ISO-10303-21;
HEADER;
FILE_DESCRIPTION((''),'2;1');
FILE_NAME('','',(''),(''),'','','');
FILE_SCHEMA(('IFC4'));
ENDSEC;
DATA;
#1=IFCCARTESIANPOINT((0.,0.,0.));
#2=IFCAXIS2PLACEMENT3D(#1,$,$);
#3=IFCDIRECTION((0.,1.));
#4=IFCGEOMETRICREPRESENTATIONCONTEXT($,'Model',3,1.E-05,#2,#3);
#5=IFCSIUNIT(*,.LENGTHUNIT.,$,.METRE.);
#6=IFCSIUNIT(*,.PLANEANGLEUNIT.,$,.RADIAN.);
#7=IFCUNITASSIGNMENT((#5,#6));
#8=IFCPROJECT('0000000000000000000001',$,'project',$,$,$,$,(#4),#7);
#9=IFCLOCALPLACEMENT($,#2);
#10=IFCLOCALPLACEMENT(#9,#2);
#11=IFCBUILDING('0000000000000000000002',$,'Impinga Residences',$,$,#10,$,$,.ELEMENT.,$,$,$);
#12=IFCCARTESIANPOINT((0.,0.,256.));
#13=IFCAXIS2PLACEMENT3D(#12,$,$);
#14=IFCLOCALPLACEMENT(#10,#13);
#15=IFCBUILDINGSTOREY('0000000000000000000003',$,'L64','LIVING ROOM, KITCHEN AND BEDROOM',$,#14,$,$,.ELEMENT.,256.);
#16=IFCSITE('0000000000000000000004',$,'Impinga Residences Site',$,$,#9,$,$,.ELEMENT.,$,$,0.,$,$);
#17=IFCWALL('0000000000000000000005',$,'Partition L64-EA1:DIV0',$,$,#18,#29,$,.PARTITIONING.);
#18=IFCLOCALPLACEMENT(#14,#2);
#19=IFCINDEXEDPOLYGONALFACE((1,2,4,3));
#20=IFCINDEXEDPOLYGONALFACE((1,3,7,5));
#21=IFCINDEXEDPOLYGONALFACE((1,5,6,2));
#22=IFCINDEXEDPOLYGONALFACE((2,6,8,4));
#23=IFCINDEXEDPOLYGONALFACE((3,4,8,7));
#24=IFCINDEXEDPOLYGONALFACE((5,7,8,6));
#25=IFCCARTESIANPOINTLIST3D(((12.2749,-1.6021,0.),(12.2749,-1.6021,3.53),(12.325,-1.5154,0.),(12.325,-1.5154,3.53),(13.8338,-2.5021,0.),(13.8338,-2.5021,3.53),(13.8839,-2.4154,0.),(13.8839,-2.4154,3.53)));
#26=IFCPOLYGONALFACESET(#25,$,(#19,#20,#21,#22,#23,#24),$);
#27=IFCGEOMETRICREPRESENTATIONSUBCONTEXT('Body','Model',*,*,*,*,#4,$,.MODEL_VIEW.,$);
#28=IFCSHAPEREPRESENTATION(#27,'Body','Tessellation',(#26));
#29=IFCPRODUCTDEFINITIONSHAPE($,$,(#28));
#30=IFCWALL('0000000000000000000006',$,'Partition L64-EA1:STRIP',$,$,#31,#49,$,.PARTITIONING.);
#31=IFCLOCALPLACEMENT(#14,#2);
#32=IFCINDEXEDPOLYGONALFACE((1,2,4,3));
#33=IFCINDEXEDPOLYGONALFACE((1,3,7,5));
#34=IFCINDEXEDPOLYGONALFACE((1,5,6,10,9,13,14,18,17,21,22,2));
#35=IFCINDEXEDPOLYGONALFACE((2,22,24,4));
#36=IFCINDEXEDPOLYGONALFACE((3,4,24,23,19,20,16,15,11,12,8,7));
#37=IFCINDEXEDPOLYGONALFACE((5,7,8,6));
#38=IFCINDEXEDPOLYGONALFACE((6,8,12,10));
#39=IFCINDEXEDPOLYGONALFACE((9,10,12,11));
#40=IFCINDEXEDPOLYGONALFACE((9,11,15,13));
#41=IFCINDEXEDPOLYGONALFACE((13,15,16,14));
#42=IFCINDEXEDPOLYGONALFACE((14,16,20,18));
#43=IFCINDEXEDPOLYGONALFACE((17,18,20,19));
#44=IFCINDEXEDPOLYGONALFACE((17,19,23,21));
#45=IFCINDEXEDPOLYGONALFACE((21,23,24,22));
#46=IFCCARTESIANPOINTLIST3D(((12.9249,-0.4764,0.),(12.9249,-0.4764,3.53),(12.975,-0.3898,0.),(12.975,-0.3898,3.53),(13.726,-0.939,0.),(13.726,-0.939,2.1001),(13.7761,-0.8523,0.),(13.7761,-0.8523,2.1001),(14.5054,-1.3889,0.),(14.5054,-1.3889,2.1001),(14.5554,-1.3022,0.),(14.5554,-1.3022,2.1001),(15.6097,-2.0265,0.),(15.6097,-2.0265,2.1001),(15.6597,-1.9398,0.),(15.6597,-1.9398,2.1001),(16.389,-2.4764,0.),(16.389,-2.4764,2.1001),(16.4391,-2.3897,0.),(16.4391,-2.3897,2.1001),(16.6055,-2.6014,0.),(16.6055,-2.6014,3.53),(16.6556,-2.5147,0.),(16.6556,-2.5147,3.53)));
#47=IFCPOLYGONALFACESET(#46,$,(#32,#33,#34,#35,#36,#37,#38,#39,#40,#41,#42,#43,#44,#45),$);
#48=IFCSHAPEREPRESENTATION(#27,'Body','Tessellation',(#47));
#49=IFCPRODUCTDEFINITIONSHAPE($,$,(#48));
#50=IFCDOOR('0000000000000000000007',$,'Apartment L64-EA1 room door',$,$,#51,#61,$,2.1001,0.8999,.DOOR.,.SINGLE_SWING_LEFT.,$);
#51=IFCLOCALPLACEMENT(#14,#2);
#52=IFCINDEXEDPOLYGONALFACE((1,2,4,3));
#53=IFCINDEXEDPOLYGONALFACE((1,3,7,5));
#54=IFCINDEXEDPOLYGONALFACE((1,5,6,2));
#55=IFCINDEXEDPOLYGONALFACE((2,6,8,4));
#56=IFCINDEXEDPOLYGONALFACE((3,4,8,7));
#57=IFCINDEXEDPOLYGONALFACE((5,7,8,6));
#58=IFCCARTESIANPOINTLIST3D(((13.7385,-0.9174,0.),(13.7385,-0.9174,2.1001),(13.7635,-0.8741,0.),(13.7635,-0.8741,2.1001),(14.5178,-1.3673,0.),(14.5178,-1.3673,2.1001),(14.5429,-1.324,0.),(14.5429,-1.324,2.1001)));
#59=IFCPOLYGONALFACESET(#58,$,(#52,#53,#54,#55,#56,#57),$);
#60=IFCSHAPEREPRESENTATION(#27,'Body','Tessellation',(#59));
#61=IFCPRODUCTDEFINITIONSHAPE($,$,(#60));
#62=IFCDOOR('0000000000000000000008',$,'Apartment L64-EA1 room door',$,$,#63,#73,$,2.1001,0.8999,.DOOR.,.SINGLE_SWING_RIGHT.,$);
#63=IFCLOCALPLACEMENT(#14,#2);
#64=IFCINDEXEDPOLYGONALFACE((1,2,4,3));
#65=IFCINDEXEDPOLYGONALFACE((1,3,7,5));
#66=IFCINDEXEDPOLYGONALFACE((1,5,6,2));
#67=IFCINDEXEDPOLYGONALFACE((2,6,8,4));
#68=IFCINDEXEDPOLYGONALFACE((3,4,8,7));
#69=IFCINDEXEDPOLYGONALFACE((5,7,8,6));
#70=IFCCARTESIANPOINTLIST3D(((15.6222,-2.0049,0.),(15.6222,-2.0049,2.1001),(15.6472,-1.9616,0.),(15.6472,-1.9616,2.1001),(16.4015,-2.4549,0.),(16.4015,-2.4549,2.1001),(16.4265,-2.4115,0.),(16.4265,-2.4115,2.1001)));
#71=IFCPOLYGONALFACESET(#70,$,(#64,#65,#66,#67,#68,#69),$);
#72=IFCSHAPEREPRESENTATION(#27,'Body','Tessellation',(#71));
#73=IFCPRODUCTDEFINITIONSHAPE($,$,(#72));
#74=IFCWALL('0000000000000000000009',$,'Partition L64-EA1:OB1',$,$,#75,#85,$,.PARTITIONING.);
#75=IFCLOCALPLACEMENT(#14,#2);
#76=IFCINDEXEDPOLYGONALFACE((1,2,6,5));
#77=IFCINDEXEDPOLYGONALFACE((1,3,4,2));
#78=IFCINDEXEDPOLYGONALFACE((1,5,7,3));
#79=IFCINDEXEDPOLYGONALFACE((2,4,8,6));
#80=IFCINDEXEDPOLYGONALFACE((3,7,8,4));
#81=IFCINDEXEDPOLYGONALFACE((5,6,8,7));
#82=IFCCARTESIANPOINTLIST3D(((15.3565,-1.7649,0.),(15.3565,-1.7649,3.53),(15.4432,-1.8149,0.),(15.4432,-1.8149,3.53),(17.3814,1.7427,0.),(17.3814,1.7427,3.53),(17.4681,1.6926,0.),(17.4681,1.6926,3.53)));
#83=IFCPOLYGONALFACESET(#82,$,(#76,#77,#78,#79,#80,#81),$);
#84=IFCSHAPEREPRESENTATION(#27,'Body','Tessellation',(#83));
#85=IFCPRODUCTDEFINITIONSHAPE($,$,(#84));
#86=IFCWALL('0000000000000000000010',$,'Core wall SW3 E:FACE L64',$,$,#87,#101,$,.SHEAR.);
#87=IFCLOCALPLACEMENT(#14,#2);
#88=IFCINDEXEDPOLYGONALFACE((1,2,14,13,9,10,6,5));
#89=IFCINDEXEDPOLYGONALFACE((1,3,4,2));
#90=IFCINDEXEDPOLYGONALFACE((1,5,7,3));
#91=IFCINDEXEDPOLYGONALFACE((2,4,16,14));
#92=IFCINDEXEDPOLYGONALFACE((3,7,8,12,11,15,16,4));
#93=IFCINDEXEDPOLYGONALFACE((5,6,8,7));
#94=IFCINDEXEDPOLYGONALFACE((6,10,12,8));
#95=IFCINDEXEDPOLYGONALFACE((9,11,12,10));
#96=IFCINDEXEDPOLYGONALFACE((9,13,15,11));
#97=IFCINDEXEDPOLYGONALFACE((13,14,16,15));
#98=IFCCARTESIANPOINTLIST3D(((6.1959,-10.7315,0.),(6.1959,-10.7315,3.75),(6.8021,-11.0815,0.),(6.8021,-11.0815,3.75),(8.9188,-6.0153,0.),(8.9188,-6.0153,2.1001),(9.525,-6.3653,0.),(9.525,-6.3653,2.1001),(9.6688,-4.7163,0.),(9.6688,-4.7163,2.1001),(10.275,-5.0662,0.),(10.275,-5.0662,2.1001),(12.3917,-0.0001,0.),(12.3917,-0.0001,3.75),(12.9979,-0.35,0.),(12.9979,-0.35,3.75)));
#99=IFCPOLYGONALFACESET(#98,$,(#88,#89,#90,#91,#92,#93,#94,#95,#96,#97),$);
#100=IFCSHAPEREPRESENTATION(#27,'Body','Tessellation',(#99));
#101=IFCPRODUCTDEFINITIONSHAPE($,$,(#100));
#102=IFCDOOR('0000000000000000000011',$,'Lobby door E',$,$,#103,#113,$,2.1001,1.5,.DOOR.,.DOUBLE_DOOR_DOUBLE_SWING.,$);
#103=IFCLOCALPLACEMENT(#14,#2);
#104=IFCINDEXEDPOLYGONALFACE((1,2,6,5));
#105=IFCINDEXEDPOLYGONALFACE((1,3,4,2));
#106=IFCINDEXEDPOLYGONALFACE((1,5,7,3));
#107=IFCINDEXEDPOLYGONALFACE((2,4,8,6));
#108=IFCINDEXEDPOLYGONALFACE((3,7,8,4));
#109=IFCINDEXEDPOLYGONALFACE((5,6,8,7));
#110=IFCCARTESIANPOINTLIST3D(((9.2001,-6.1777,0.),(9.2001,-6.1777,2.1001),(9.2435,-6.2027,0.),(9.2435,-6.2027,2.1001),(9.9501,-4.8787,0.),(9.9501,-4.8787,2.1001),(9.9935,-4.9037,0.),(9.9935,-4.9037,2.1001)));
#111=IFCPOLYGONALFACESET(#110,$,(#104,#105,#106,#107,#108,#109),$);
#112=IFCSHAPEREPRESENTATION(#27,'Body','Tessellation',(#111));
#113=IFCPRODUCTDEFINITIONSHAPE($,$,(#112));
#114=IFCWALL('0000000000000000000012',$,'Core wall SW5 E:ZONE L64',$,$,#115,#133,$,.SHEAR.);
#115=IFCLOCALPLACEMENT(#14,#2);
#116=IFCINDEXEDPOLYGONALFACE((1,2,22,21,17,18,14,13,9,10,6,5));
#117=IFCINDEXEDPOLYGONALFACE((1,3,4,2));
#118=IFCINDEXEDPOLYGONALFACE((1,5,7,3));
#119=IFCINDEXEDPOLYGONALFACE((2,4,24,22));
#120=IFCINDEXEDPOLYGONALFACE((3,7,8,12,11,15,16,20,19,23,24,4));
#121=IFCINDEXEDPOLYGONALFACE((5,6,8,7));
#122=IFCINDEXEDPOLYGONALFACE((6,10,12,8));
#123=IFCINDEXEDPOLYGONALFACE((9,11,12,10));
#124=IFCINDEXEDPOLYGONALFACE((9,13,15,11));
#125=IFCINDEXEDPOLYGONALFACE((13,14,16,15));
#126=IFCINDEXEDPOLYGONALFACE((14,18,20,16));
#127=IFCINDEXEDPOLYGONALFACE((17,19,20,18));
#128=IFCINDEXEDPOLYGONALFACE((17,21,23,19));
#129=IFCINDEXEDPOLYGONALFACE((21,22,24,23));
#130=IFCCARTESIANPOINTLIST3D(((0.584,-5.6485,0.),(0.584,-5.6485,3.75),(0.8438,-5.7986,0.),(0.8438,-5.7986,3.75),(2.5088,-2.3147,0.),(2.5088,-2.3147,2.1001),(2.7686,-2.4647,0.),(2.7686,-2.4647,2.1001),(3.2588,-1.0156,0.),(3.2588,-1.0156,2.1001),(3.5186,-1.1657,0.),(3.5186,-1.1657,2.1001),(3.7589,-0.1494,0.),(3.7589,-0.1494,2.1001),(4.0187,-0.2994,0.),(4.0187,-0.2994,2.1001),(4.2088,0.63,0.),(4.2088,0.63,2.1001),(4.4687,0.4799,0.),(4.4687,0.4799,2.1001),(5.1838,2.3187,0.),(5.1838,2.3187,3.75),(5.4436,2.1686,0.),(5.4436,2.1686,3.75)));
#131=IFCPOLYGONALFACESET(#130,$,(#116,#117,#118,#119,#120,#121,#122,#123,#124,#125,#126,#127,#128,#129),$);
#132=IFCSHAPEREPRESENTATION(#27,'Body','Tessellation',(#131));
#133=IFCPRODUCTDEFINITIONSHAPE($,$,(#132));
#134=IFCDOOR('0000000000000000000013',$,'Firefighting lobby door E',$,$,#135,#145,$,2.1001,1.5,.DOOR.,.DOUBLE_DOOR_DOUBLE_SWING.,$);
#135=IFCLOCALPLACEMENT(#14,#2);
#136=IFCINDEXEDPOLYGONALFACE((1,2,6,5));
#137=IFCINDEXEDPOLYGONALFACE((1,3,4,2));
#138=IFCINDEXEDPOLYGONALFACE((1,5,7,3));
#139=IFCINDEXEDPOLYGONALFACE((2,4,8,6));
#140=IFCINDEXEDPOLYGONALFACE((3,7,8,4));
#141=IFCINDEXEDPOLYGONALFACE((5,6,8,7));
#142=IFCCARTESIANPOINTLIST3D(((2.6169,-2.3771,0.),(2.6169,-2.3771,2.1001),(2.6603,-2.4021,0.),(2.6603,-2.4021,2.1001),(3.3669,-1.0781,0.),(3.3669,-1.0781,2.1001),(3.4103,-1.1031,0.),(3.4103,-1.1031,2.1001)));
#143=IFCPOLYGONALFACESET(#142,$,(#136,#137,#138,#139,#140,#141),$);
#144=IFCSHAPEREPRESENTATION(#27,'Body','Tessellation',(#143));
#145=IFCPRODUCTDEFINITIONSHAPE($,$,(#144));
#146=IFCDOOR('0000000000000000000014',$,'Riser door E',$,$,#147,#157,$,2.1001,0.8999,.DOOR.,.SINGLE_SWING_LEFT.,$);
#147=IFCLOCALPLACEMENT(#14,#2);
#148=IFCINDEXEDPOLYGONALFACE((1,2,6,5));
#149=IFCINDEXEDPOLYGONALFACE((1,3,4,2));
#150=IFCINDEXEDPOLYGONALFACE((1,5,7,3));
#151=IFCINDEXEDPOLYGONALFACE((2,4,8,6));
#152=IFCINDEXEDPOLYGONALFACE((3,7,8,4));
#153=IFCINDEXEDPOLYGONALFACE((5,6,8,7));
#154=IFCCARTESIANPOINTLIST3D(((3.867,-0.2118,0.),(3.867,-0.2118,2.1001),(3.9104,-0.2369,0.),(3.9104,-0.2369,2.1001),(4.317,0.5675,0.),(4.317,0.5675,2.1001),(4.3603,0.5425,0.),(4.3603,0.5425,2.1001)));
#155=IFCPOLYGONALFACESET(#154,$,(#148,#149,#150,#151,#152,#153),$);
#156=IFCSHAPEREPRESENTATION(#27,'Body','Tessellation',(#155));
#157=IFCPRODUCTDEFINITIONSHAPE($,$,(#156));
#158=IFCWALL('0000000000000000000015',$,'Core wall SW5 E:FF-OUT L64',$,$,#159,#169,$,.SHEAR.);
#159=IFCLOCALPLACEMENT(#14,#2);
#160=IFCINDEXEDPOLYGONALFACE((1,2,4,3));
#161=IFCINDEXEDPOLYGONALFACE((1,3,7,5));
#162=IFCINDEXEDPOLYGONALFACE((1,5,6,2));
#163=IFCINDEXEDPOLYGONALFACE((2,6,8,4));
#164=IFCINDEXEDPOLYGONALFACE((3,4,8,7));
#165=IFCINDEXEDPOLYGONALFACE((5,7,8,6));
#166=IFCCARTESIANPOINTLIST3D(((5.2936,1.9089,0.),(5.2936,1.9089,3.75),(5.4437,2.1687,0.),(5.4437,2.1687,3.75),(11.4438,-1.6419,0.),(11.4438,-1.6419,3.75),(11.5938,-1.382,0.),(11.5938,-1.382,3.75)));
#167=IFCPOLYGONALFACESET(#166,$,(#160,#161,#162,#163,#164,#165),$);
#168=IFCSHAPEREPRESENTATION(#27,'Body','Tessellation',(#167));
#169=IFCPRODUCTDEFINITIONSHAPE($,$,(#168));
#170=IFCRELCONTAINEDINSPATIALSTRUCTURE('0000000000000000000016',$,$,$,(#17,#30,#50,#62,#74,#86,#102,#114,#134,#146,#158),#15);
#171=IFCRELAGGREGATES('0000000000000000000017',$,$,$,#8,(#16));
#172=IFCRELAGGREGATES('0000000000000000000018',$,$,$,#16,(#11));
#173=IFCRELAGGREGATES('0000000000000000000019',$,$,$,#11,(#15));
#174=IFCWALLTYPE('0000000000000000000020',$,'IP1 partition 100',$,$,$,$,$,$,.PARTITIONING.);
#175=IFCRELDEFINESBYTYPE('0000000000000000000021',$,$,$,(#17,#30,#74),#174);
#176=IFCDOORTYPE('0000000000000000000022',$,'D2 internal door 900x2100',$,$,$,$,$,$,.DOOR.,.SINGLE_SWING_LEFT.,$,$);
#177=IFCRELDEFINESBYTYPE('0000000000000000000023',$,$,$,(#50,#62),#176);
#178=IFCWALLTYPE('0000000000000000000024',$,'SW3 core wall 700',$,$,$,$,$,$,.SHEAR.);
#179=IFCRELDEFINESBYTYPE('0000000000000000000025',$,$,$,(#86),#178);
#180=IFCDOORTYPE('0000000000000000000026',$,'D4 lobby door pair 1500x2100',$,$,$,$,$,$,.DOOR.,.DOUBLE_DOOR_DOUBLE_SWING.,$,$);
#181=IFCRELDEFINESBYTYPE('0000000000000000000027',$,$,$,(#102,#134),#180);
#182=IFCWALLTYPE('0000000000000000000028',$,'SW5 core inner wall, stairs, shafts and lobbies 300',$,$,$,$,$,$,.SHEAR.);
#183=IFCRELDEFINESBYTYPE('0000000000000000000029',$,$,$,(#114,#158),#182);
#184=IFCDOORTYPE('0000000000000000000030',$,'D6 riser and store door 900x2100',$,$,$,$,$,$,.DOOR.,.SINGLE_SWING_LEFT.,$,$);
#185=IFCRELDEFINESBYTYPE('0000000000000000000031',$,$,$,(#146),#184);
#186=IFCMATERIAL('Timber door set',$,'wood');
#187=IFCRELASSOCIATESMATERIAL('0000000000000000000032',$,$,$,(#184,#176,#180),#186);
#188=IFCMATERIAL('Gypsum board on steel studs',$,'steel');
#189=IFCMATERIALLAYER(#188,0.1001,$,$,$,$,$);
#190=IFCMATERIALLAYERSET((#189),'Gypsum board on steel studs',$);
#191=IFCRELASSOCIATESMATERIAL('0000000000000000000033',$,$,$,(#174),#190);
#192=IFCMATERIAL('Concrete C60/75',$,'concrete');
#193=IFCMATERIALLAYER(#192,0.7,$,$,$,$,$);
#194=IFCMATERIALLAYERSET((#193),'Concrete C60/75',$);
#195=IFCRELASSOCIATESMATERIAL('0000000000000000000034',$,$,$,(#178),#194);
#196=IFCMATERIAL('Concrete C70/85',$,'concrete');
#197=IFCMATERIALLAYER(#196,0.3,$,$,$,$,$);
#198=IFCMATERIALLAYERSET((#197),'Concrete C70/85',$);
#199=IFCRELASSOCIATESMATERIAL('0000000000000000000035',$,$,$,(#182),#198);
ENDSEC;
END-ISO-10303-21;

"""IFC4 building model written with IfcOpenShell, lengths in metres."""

from ifc_helpers import new_model, si_unit, direction, frame, frame_2d, origin, place, context, subcontext, project, spatial, rectangle, extrude, material, layer, layer_set, type_object, element, fill, save


model = new_model("IFC4")

# Units and contexts
model_context = context("Model", 3, precision=1e-05, world=origin(), true_north=direction((0.0, 1.0)))
body_context = subcontext(model_context, "Body", "Model", "MODEL_VIEW")
ifc_project = project(units=[si_unit("LENGTHUNIT", "METRE"), si_unit("PLANEANGLEUNIT", "RADIAN")], contexts=[model_context])

# Site, building, storey
site_placement = place(None, origin())
site = spatial("IfcSite", under=ifc_project, at=site_placement, Name="Impinga Residences Site", CompositionType="ELEMENT", RefElevation=0.0)
building_placement = place(site_placement, origin())
building = spatial("IfcBuilding", under=site, at=building_placement, Name="Impinga Residences", CompositionType="ELEMENT")
storey_placement = place(building_placement, frame((0.0, 0.0, 256.0)))
storey = spatial("IfcBuildingStorey", under=building, at=storey_placement, Name="L64", Description="LIVING ROOM, KITCHEN AND BEDROOM", CompositionType="ELEMENT", Elevation=256.0)

# Shared definitions
ifc_material_1 = material(Name="Concrete C60/75", Category="concrete")

# Shared definitions
ifc_material_2 = material(Name="Timber door set", Category="wood")
door_type_1 = type_object("IfcDoorType", Name="D6 riser and store door 900x2100", OperationType="SINGLE_SWING_LEFT", PredefinedType="DOOR", material=ifc_material_2)

# Wall
ifc_material_3 = material(Name="Gypsum board on steel studs", Category="steel")
ifc_layer_1 = layer(ifc_material_3, 0.1001)
ifc_layer_set_1 = layer_set([ifc_layer_1], Name="Gypsum board on steel studs")
wall_type_1 = type_object("IfcWallType", Name="IP1 partition 100", PredefinedType="PARTITIONING", material=ifc_layer_set_1)
wall_1_placement = place(storey_placement, frame((12.3, -1.5588, 0.0), z_axis=(0.0, 0.0, 1.0), x_axis=(0.866048, -0.499961, 0.0)))
element("IfcWall", 1, at=wall_1_placement, inside=storey, type_object=wall_type_1, Name="Partition L64-EA1:DIV0", PredefinedType="PARTITIONING", context=body_context, shape_type="SweptSolid", body=[
    extrude(rectangle(XDim=1.8, YDim=0.1001, at=frame_2d((0.8999, 0.0))), origin(), (0.0, 0.0, 1.0), 3.53),
])

# Wall, openings, doors
wall_2_placement = place(storey_placement, frame((12.95, -0.4331, 0.0), z_axis=(0.0, 0.0, 1.0), x_axis=(0.866029, -0.499994, 0.0)))
wall_2 = element("IfcWall", 2, at=wall_2_placement, inside=storey, type_object=wall_type_1, Name="Partition L64-EA1:STRIP", PredefinedType="PARTITIONING", context=body_context, shape_type="SweptSolid", body=[
    extrude(rectangle(XDim=4.25, YDim=0.1001, at=frame_2d((2.125, 0.0))), origin(), (0.0, 0.0, 1.0), 3.53),
])
opening_1_placement = place(wall_2_placement, frame((0.925, 0.0, 0.0)))
opening_1 = element("IfcOpeningElement", 3, at=opening_1_placement, cuts=wall_2, PredefinedType="OPENING", context=body_context, shape_type="SweptSolid", body=[
    extrude(rectangle(XDim=0.8999, YDim=2.1001, at=frame_2d((0.45, 1.05))), frame((0.0, 0.0601, 0.0), z_axis=(0.0, -1.0, 0.0), x_axis=(1.0, 0.0, 0.0)), (0.0, 0.0, 1.0), 0.1201),
])
opening_2_placement = place(wall_2_placement, frame((3.1001, 0.0, 0.0)))
opening_2 = element("IfcOpeningElement", 4, at=opening_2_placement, cuts=wall_2, PredefinedType="OPENING", context=body_context, shape_type="SweptSolid", body=[
    extrude(rectangle(XDim=0.8999, YDim=2.1001, at=frame_2d((0.45, 1.05))), frame((0.0, 0.0601, 0.0), z_axis=(0.0, -1.0, 0.0), x_axis=(1.0, 0.0, 0.0)), (0.0, 0.0, 1.0), 0.1201),
])
door_type_2 = type_object("IfcDoorType", Name="D2 internal door 900x2100", OperationType="SINGLE_SWING_LEFT", PredefinedType="DOOR", material=ifc_material_2)
door_1_placement = place(opening_1_placement, origin())
door_1 = element("IfcDoor", 5, at=door_1_placement, inside=storey, type_object=door_type_2, Name="Apartment L64-EA1 room door", OperationType="SINGLE_SWING_LEFT", OverallHeight=2.1001, OverallWidth=0.8999, PredefinedType="DOOR", context=body_context, shape_type="SweptSolid", body=[
    extrude(rectangle(XDim=0.8999, YDim=2.1001, at=frame_2d((0.45, 1.05))), frame((0.0, 0.0249, 0.0), z_axis=(0.0, -1.0, 0.0), x_axis=(1.0, 0.0, 0.0)), (0.0, 0.0, 1.0), 0.05),
])
fill(opening_1, door_1)
door_2_placement = place(opening_2_placement, origin())
door_2 = element("IfcDoor", 6, at=door_2_placement, inside=storey, type_object=door_type_2, Name="Apartment L64-EA1 room door", OperationType="SINGLE_SWING_RIGHT", OverallHeight=2.1001, OverallWidth=0.8999, PredefinedType="DOOR", context=body_context, shape_type="SweptSolid", body=[
    extrude(rectangle(XDim=0.8999, YDim=2.1001, at=frame_2d((0.45, 1.05))), frame((0.0, 0.0249, 0.0), z_axis=(0.0, -1.0, 0.0), x_axis=(1.0, 0.0, 0.0)), (0.0, 0.0, 1.0), 0.05),
])
fill(opening_2, door_2)

# Wall
wall_3_placement = place(storey_placement, frame((15.3999, -1.7898, 0.0), z_axis=(0.0, 0.0, 1.0), x_axis=(0.499964, 0.866046, 0.0)))
element("IfcWall", 7, at=wall_3_placement, inside=storey, type_object=wall_type_1, Name="Partition L64-EA1:OB1", PredefinedType="PARTITIONING", context=body_context, shape_type="SweptSolid", body=[
    extrude(rectangle(XDim=4.05, YDim=0.1001, at=frame_2d((2.0249, 0.0))), origin(), (0.0, 0.0, 1.0), 3.53),
])

# Wall, opening, door
ifc_layer_2 = layer(ifc_material_1, 0.7)
ifc_layer_set_2 = layer_set([ifc_layer_2], Name="Concrete C60/75")
wall_type_2 = type_object("IfcWallType", Name="SW3 core wall 700", PredefinedType="SHEAR", material=ifc_layer_set_2)
wall_4_placement = place(storey_placement, frame((12.6948, -0.175, 0.0), z_axis=(0.0, 0.0, 1.0), x_axis=(-0.5, -0.866025, 0.0)))
wall_4 = element("IfcWall", 8, at=wall_4_placement, inside=storey, type_object=wall_type_2, Name="Core wall SW3 E:FACE L64", PredefinedType="SHEAR", context=body_context, shape_type="SweptSolid", body=[
    extrude(rectangle(XDim=12.3916, YDim=0.7, at=frame_2d((6.1958, 0.0))), origin(), (0.0, 0.0, 1.0), 3.75),
])
opening_3_placement = place(wall_4_placement, frame((5.4458, 0.0, 0.0)))
opening_3 = element("IfcOpeningElement", 9, at=opening_3_placement, cuts=wall_4, PredefinedType="OPENING", context=body_context, shape_type="SweptSolid", body=[
    extrude(rectangle(XDim=1.5, YDim=2.1001, at=frame_2d((0.75, 1.05))), frame((0.0, 0.3599, 0.0), z_axis=(0.0, -1.0, 0.0), x_axis=(1.0, 0.0, 0.0)), (0.0, 0.0, 1.0), 0.72),
])
door_type_3 = type_object("IfcDoorType", Name="D4 lobby door pair 1500x2100", OperationType="DOUBLE_DOOR_DOUBLE_SWING", PredefinedType="DOOR", material=ifc_material_2)
door_3_placement = place(opening_3_placement, origin())
door_3 = element("IfcDoor", 10, at=door_3_placement, inside=storey, type_object=door_type_3, Name="Lobby door E", OperationType="DOUBLE_DOOR_DOUBLE_SWING", OverallHeight=2.1001, OverallWidth=1.5, PredefinedType="DOOR", context=body_context, shape_type="SweptSolid", body=[
    extrude(rectangle(XDim=1.5, YDim=2.1001, at=frame_2d((0.75, 1.05))), frame((0.0, 0.0249, 0.0), z_axis=(0.0, -1.0, 0.0), x_axis=(1.0, 0.0, 0.0)), (0.0, 0.0, 1.0), 0.05),
])
fill(opening_3, door_3)

# Wall, openings, doors
ifc_material_4 = material(Name="Concrete C70/85", Category="concrete")
ifc_layer_3 = layer(ifc_material_4, 0.3)
ifc_layer_set_3 = layer_set([ifc_layer_3], Name="Concrete C70/85")
wall_type_3 = type_object("IfcWallType", Name="SW5 core inner wall, stairs, shafts and lobbies 300", PredefinedType="SHEAR", material=ifc_layer_set_3)
wall_5_placement = place(storey_placement, frame((5.3137, 2.2437, 0.0), z_axis=(0.0, 0.0, 1.0), x_axis=(-0.499995, -0.866028, 0.0)))
wall_5 = element("IfcWall", 11, at=wall_5_placement, inside=storey, type_object=wall_type_3, Name="Core wall SW5 E:ZONE L64", PredefinedType="SHEAR", context=body_context, shape_type="SweptSolid", body=[
    extrude(rectangle(XDim=9.1997, YDim=0.3, at=frame_2d((4.5999, 0.0))), origin(), (0.0, 0.0, 1.0), 3.75),
])
opening_4_placement = place(wall_5_placement, frame((3.8501, 0.0, 0.0)))
opening_4 = element("IfcOpeningElement", 12, at=opening_4_placement, cuts=wall_5, PredefinedType="OPENING", context=body_context, shape_type="SweptSolid", body=[
    extrude(rectangle(XDim=1.5, YDim=2.1001, at=frame_2d((0.75, 1.05))), frame((0.0, 0.1599, 0.0), z_axis=(0.0, -1.0, 0.0), x_axis=(1.0, 0.0, 0.0)), (0.0, 0.0, 1.0), 0.3201),
])
opening_5_placement = place(wall_5_placement, frame((1.95, 0.0, 0.0)))
opening_5 = element("IfcOpeningElement", 13, at=opening_5_placement, cuts=wall_5, PredefinedType="OPENING", context=body_context, shape_type="SweptSolid", body=[
    extrude(rectangle(XDim=0.8999, YDim=2.1001, at=frame_2d((0.45, 1.05))), frame((0.0, 0.1599, 0.0), z_axis=(0.0, -1.0, 0.0), x_axis=(1.0, 0.0, 0.0)), (0.0, 0.0, 1.0), 0.3201),
])
door_4_placement = place(opening_4_placement, origin())
door_4 = element("IfcDoor", 14, at=door_4_placement, inside=storey, type_object=door_type_3, Name="Firefighting lobby door E", OperationType="DOUBLE_DOOR_DOUBLE_SWING", OverallHeight=2.1001, OverallWidth=1.5, PredefinedType="DOOR", context=body_context, shape_type="SweptSolid", body=[
    extrude(rectangle(XDim=1.5, YDim=2.1001, at=frame_2d((0.75, 1.05))), frame((0.0, 0.0249, 0.0), z_axis=(0.0, -1.0, 0.0), x_axis=(1.0, 0.0, 0.0)), (0.0, 0.0, 1.0), 0.05),
])
fill(opening_4, door_4)
door_5_placement = place(opening_5_placement, origin())
door_5 = element("IfcDoor", 15, at=door_5_placement, inside=storey, type_object=door_type_1, Name="Riser door E", OperationType="SINGLE_SWING_LEFT", OverallHeight=2.1001, OverallWidth=0.8999, PredefinedType="DOOR", context=body_context, shape_type="SweptSolid", body=[
    extrude(rectangle(XDim=0.8999, YDim=2.1001, at=frame_2d((0.45, 1.05))), frame((0.0, 0.0249, 0.0), z_axis=(0.0, -1.0, 0.0), x_axis=(1.0, 0.0, 0.0)), (0.0, 0.0, 1.0), 0.05),
])
fill(opening_5, door_5)

# Wall
wall_6_placement = place(storey_placement, frame((5.3687, 2.0388, 0.0), z_axis=(0.0, 0.0, 1.0), x_axis=(0.866026, -0.499999, 0.0)))
element("IfcWall", 16, at=wall_6_placement, inside=storey, type_object=wall_type_3, Name="Core wall SW5 E:FF-OUT L64", PredefinedType="SHEAR", context=body_context, shape_type="SweptSolid", body=[
    extrude(rectangle(XDim=7.1016, YDim=0.3, at=frame_2d((3.5508, 0.0))), origin(), (0.0, 0.0, 1.0), 3.75),
])

save(model, "model.ifc")
